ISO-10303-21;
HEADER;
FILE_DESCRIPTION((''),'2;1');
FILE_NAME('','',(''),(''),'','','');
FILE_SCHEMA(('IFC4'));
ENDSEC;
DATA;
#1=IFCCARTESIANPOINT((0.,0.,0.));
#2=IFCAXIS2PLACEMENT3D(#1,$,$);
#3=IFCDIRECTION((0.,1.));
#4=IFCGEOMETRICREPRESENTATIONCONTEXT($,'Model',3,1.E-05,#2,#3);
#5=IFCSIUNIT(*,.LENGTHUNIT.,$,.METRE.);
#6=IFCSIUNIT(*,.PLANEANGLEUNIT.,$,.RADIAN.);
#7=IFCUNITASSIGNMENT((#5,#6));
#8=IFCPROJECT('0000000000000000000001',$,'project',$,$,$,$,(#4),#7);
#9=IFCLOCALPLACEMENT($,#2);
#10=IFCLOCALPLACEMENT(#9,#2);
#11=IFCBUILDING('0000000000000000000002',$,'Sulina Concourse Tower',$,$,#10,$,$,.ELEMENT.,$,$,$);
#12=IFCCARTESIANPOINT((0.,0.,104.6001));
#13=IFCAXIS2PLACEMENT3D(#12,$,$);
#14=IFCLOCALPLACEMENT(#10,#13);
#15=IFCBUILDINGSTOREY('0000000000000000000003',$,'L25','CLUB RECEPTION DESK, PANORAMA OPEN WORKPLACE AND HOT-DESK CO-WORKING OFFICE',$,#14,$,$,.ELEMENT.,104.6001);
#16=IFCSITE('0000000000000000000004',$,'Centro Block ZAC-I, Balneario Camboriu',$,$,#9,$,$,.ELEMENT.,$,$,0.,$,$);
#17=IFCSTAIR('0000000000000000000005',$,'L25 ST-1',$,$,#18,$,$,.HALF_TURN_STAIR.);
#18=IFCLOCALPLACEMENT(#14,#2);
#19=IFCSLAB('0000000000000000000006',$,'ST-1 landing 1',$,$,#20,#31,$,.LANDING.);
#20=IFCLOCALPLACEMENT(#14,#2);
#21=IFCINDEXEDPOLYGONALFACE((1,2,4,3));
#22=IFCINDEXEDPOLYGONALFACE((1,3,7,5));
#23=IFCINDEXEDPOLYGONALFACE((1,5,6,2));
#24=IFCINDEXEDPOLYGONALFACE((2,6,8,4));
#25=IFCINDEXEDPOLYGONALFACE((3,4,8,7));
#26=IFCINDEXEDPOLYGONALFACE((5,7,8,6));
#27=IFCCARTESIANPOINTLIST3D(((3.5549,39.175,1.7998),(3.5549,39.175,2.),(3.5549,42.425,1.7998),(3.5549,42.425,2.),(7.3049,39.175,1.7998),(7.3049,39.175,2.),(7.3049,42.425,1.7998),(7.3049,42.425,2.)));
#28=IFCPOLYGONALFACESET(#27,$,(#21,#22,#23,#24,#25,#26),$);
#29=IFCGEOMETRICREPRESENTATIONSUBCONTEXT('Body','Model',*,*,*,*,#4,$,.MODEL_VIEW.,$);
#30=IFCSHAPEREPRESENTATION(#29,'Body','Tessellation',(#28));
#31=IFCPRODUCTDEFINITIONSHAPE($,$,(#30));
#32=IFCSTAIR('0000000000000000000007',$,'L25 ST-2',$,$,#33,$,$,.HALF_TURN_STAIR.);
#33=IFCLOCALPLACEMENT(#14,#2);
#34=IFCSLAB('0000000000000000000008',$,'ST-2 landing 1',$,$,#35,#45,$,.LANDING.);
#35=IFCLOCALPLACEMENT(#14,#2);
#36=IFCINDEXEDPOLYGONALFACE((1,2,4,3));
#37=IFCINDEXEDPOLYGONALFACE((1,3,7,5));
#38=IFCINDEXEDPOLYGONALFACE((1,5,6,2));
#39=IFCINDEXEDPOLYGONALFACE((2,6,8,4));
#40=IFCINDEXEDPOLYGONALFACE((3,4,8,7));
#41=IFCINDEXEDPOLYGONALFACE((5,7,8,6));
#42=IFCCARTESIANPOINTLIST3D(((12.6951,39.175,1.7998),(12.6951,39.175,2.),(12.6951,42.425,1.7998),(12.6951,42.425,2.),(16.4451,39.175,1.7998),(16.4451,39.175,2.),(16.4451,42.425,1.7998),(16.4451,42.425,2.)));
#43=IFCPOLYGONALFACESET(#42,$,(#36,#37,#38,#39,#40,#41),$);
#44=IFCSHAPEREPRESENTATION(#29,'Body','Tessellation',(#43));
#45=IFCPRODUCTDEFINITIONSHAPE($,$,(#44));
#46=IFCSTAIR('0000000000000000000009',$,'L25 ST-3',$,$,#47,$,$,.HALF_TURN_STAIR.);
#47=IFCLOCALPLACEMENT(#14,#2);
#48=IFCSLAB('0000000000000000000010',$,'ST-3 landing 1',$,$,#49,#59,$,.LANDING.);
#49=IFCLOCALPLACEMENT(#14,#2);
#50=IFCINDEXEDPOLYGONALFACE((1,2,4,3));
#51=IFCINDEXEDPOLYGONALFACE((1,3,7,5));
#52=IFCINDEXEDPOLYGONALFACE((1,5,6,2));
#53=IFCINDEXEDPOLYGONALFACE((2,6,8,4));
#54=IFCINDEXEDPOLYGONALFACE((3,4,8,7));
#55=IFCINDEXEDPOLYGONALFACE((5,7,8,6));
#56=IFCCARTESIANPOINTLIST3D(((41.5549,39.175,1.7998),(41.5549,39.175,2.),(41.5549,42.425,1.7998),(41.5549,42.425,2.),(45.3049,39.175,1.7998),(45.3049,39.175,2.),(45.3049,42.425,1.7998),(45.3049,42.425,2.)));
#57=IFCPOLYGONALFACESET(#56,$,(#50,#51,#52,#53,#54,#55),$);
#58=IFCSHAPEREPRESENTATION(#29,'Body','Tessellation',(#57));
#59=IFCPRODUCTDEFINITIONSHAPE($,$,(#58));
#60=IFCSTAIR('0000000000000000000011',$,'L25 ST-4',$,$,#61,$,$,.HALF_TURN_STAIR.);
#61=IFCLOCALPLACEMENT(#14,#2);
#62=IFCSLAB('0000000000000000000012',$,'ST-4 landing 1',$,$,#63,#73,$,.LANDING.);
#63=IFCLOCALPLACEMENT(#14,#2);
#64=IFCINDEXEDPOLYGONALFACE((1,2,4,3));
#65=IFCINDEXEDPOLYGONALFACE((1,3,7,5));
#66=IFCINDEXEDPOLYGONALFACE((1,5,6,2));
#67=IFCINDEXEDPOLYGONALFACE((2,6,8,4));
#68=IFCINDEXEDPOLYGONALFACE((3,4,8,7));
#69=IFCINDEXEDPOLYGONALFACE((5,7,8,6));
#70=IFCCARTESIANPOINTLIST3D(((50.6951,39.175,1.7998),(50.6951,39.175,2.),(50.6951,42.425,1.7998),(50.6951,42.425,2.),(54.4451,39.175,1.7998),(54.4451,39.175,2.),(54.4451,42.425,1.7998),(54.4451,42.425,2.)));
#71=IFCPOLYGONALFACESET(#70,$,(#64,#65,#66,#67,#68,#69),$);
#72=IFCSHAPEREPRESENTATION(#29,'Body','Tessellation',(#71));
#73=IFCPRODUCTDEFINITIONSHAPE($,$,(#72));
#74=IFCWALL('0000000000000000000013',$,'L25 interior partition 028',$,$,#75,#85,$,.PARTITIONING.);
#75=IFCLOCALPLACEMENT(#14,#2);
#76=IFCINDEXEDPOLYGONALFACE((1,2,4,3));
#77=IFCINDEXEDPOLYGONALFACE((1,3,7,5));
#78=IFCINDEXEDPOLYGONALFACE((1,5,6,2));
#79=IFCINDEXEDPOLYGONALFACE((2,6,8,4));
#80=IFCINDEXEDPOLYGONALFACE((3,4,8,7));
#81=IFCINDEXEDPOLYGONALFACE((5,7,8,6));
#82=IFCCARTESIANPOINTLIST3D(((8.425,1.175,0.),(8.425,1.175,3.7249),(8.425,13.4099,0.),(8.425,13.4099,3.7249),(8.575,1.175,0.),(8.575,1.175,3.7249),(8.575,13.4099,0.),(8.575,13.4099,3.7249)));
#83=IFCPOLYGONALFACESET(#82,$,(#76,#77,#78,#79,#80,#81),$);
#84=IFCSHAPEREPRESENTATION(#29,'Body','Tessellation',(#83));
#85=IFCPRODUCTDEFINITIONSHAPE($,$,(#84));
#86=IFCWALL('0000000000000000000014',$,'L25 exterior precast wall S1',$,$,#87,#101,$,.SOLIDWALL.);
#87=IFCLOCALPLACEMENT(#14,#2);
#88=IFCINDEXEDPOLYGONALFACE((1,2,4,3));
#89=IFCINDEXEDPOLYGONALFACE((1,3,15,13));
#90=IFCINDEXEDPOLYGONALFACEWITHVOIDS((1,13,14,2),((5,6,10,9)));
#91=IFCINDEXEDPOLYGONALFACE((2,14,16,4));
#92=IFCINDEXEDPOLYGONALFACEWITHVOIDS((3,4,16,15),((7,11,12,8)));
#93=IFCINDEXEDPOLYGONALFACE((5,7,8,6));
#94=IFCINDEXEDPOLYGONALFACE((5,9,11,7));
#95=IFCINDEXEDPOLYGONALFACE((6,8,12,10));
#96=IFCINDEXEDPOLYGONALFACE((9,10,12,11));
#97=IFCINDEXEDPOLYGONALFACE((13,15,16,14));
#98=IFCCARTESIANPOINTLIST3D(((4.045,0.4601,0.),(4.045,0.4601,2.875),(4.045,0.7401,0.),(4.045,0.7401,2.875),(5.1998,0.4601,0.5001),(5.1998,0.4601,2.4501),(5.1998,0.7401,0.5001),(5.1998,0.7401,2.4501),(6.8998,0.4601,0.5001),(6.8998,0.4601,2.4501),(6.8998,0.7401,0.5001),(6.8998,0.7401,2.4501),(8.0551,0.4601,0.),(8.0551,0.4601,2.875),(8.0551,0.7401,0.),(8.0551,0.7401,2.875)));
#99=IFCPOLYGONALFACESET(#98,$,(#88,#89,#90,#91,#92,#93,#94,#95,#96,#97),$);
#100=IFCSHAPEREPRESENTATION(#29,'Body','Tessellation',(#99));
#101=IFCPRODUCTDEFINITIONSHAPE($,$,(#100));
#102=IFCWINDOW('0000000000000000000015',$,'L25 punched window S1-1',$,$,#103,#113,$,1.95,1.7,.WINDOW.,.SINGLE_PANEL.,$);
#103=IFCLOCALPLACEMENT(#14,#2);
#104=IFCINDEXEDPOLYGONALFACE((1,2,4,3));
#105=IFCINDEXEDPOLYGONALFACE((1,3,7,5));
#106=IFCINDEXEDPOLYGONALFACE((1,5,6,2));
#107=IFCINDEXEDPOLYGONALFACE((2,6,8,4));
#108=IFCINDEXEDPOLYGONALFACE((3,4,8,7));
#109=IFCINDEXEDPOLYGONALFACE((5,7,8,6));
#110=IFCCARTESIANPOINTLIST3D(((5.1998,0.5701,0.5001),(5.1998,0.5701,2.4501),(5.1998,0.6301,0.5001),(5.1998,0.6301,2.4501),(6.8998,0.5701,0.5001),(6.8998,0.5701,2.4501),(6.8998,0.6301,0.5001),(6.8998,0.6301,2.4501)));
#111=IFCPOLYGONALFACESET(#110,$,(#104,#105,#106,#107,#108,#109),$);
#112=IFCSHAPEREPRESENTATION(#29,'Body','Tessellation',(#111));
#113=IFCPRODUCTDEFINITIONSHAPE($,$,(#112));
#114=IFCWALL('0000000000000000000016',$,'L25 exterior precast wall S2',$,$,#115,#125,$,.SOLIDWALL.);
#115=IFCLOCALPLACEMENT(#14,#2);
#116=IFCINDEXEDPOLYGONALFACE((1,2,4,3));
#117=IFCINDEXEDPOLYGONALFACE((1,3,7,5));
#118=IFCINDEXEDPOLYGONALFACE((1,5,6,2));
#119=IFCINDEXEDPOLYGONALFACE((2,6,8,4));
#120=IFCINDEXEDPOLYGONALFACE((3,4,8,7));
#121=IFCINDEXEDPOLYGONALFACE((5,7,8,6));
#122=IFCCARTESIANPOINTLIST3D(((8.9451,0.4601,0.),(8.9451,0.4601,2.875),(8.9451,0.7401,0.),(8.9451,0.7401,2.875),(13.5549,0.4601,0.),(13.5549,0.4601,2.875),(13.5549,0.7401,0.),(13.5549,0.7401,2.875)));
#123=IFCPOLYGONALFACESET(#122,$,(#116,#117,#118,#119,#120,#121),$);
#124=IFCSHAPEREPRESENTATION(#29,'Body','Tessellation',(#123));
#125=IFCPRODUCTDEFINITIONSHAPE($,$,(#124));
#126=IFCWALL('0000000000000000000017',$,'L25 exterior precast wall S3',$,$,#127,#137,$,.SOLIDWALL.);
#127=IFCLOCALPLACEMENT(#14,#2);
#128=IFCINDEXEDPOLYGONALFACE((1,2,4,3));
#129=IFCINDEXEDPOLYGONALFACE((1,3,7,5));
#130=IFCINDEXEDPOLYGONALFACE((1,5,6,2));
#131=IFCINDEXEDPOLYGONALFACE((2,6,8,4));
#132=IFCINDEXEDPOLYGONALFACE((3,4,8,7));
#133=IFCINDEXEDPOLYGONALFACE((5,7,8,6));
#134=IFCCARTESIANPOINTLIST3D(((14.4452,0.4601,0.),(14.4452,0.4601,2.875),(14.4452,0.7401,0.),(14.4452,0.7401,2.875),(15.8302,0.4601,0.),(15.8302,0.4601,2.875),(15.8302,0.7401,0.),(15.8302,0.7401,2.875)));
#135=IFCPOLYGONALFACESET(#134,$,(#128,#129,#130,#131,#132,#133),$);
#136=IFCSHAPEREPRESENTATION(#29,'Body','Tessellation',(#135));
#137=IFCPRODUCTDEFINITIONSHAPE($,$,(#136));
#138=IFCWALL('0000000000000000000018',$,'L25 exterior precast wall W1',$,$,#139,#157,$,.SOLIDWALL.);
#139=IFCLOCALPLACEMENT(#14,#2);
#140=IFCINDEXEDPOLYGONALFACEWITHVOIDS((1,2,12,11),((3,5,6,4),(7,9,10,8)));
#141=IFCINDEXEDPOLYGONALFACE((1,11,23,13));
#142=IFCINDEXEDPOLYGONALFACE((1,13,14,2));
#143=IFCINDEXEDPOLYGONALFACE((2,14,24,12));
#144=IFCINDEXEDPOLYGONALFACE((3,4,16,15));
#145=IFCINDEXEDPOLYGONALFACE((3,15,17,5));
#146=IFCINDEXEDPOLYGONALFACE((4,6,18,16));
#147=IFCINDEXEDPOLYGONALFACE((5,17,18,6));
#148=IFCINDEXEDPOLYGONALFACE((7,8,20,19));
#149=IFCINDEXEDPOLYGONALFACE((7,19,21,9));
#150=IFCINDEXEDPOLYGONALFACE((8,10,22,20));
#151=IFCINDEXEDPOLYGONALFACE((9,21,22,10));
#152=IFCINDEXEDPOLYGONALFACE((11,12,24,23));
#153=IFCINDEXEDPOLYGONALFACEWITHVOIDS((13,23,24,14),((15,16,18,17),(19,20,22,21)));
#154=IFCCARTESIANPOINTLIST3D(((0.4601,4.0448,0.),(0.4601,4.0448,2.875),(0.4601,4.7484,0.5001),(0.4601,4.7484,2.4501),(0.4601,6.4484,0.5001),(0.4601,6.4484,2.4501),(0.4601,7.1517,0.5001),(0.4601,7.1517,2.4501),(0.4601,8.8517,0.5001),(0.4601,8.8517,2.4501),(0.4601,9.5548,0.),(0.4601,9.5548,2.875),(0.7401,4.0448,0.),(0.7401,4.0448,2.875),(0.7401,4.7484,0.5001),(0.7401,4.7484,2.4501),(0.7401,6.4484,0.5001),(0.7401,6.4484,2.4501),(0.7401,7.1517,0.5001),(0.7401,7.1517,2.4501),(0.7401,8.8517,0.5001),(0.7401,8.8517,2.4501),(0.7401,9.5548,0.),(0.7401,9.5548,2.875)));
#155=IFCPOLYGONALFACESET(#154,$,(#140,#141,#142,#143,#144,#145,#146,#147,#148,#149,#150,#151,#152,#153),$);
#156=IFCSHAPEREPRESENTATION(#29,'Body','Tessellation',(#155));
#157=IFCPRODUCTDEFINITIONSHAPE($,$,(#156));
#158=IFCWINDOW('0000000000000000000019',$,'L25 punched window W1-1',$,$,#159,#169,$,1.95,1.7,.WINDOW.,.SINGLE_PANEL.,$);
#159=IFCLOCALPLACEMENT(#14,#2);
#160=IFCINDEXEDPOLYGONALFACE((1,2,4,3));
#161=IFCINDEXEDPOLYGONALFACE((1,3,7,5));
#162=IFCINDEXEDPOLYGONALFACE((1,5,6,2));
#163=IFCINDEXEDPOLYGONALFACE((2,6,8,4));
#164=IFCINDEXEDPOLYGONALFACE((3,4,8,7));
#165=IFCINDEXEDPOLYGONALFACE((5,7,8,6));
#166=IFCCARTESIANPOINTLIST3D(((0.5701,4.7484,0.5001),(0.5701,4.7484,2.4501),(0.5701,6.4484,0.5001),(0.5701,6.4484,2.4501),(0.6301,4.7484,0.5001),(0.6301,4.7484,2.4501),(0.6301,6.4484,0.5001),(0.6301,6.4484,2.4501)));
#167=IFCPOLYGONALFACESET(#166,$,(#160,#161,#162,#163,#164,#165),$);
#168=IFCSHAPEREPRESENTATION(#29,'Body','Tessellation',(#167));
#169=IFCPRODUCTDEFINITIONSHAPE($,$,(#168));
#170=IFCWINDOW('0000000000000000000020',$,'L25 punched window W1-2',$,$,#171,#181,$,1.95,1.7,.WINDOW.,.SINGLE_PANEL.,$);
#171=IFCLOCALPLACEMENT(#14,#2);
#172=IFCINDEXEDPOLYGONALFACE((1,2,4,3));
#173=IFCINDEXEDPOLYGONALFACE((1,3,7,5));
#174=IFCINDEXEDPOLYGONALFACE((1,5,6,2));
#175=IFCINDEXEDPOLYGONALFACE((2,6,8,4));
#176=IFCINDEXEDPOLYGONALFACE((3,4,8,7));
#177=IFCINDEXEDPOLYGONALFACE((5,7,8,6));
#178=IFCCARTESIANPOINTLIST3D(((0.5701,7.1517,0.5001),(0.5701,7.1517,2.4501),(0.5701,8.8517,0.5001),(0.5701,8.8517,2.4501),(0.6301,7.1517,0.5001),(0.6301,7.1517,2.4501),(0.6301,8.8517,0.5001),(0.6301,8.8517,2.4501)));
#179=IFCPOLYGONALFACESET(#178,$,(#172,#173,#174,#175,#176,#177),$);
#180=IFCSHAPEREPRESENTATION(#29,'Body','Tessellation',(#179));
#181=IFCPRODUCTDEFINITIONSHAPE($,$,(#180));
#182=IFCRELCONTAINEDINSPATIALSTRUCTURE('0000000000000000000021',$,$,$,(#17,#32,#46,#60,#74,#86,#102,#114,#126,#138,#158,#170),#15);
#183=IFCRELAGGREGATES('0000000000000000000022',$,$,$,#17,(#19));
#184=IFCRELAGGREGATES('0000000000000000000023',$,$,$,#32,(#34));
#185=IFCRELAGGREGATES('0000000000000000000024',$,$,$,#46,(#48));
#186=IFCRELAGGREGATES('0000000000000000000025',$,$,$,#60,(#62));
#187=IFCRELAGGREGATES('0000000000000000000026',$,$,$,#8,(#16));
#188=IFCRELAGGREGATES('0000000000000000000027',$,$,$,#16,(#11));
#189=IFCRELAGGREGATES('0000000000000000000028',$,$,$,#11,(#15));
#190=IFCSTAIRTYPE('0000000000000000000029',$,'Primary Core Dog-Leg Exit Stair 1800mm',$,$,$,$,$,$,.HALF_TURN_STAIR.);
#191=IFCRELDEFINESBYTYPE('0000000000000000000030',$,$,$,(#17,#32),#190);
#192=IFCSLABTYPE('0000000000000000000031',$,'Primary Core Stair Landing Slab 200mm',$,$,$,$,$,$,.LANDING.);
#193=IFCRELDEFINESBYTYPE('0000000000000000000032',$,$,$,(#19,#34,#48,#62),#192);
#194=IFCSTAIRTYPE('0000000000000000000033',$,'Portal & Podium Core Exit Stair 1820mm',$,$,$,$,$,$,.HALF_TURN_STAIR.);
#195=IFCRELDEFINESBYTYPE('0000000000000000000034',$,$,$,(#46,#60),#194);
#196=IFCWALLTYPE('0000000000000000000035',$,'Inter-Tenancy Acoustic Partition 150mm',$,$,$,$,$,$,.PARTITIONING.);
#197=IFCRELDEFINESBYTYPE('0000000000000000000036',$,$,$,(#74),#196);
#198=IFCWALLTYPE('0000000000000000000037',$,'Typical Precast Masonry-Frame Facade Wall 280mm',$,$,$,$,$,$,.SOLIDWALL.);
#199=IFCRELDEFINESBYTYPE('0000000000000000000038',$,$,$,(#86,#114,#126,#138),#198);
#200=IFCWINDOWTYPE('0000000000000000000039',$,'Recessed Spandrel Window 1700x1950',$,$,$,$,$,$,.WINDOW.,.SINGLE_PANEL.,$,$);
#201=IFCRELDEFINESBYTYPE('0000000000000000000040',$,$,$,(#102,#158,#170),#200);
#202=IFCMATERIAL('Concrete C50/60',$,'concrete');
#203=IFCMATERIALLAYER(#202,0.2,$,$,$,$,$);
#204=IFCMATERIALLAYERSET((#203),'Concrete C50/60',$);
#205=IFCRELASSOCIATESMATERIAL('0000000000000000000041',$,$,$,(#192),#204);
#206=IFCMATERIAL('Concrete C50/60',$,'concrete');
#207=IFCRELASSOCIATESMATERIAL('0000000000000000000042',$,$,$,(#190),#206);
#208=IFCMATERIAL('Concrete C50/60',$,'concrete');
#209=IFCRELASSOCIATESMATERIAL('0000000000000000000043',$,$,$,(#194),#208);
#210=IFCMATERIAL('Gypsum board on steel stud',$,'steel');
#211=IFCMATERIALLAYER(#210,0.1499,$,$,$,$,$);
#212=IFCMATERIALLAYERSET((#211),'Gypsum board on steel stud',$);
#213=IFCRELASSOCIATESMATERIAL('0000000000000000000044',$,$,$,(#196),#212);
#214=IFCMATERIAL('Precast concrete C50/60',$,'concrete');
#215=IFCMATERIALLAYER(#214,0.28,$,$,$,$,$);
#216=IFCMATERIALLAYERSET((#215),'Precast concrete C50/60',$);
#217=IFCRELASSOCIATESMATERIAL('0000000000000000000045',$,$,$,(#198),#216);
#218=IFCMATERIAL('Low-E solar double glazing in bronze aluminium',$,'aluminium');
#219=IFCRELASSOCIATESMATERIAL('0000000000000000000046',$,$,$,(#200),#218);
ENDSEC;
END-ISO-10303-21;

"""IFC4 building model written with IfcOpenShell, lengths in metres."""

from ifc_helpers import new_model, si_unit, direction, frame, frame_2d, origin, place, context, subcontext, project, spatial, polyline, rectangle, outline, extrude, material, layer, layer_set, type_object, element, fill, aggregate, save


model = new_model("IFC4")

# Units and contexts
model_context = context("Model", 3, precision=1e-05, world=origin(), true_north=direction((0.0, 1.0)))
body_context = subcontext(model_context, "Body", "Model", "MODEL_VIEW")
ifc_project = project(units=[si_unit("LENGTHUNIT", "METRE"), si_unit("PLANEANGLEUNIT", "RADIAN")], contexts=[model_context])

# Site, building, storey
site_placement = place(None, origin())
site = spatial("IfcSite", under=ifc_project, at=site_placement, Name="Centro Block ZAC-I, Balneario Camboriu", CompositionType="ELEMENT", RefElevation=0.0)
building_placement = place(site_placement, origin())
building = spatial("IfcBuilding", under=site, at=building_placement, Name="Sulina Concourse Tower", CompositionType="ELEMENT")
storey_placement = place(building_placement, frame((0.0, 0.0, 104.6001)))
storey = spatial("IfcBuildingStorey", under=building, at=storey_placement, Name="L25", Description="CLUB RECEPTION DESK, PANORAMA OPEN WORKPLACE AND HOT-DESK CO-WORKING OFFICE", CompositionType="ELEMENT", Elevation=104.6001)

# Shared definitions
ifc_material_1 = material(Name="Concrete C50/60", Category="concrete")
ifc_layer_1 = layer(ifc_material_1, 0.2)
ifc_layer_set_1 = layer_set([ifc_layer_1], Name="Concrete C50/60")
slab_type_1 = type_object("IfcSlabType", Name="Primary Core Stair Landing Slab 200mm", PredefinedType="LANDING", material=ifc_layer_set_1)

# Stairs, slabs
ifc_material_2 = material(Name="Concrete C50/60", Category="concrete")
stair_type_1 = type_object("IfcStairType", Name="Primary Core Dog-Leg Exit Stair 1800mm", PredefinedType="HALF_TURN_STAIR", material=ifc_material_2)
stair_1_placement = place(storey_placement, origin())
stair_1 = element("IfcStair", 1, at=stair_1_placement, inside=storey, type_object=stair_type_1, Name="L25 ST-1", PredefinedType="HALF_TURN_STAIR")
slab_1_placement = place(storey_placement, frame((0.0, 0.0, 1.7998)))
slab_1 = element("IfcSlab", 2, at=slab_1_placement, type_object=slab_type_1, Name="ST-1 landing 1", PredefinedType="LANDING", context=body_context, shape_type="SweptSolid", body=[
    extrude(outline(polyline([(7.3049, 39.175), (7.3049, 42.425), (3.5549, 42.425), (3.5549, 39.175), (7.3049, 39.175)])), origin(), (0.0, 0.0, 1.0), 0.2002),
])
aggregate(stair_1, [slab_1])
stair_2_placement = place(storey_placement, origin())
stair_2 = element("IfcStair", 3, at=stair_2_placement, inside=storey, type_object=stair_type_1, Name="L25 ST-2", PredefinedType="HALF_TURN_STAIR")
slab_2_placement = place(storey_placement, frame((0.0, 0.0, 1.7998)))
slab_2 = element("IfcSlab", 4, at=slab_2_placement, type_object=slab_type_1, Name="ST-2 landing 1", PredefinedType="LANDING", context=body_context, shape_type="SweptSolid", body=[
    extrude(outline(polyline([(16.4451, 39.175), (16.4451, 42.425), (12.6951, 42.425), (12.6951, 39.175), (16.4451, 39.175)])), origin(), (0.0, 0.0, 1.0), 0.2002),
])
aggregate(stair_2, [slab_2])
ifc_material_3 = material(Name="Concrete C50/60", Category="concrete")
stair_type_2 = type_object("IfcStairType", Name="Portal & Podium Core Exit Stair 1820mm", PredefinedType="HALF_TURN_STAIR", material=ifc_material_3)
stair_3_placement = place(storey_placement, origin())
stair_3 = element("IfcStair", 5, at=stair_3_placement, inside=storey, type_object=stair_type_2, Name="L25 ST-3", PredefinedType="HALF_TURN_STAIR")
slab_3_placement = place(storey_placement, frame((0.0, 0.0, 1.7998)))
slab_3 = element("IfcSlab", 6, at=slab_3_placement, type_object=slab_type_1, Name="ST-3 landing 1", PredefinedType="LANDING", context=body_context, shape_type="SweptSolid", body=[
    extrude(outline(polyline([(45.3049, 39.175), (45.3049, 42.425), (41.5549, 42.425), (41.5549, 39.175), (45.3049, 39.175)])), origin(), (0.0, 0.0, 1.0), 0.2002),
])
aggregate(stair_3, [slab_3])
stair_4_placement = place(storey_placement, origin())
stair_4 = element("IfcStair", 7, at=stair_4_placement, inside=storey, type_object=stair_type_2, Name="L25 ST-4", PredefinedType="HALF_TURN_STAIR")
slab_4_placement = place(storey_placement, frame((0.0, 0.0, 1.7998)))
slab_4 = element("IfcSlab", 8, at=slab_4_placement, type_object=slab_type_1, Name="ST-4 landing 1", PredefinedType="LANDING", context=body_context, shape_type="SweptSolid", body=[
    extrude(outline(polyline([(54.4451, 39.175), (54.4451, 42.425), (50.6951, 42.425), (50.6951, 39.175), (54.4451, 39.175)])), origin(), (0.0, 0.0, 1.0), 0.2002),
])
aggregate(stair_4, [slab_4])

# Wall
ifc_material_4 = material(Name="Gypsum board on steel stud", Category="steel")
ifc_layer_2 = layer(ifc_material_4, 0.1499)
ifc_layer_set_2 = layer_set([ifc_layer_2], Name="Gypsum board on steel stud")
wall_type_1 = type_object("IfcWallType", Name="Inter-Tenancy Acoustic Partition 150mm", PredefinedType="PARTITIONING", material=ifc_layer_set_2)
wall_1_placement = place(storey_placement, frame((8.5, 1.175, 0.0), z_axis=(0.0, 0.0, 1.0), x_axis=(0.0, 1.0, 0.0)))
element("IfcWall", 9, at=wall_1_placement, inside=storey, type_object=wall_type_1, Name="L25 interior partition 028", PredefinedType="PARTITIONING", context=body_context, shape_type="SweptSolid", body=[
    extrude(rectangle(XDim=12.2349, YDim=0.1499, at=frame_2d((6.1174, 0.0))), origin(), (0.0, 0.0, 1.0), 3.7249),
])

# Wall, opening, window
ifc_material_5 = material(Name="Precast concrete C50/60", Category="concrete")
ifc_layer_3 = layer(ifc_material_5, 0.28)
ifc_layer_set_3 = layer_set([ifc_layer_3], Name="Precast concrete C50/60")
wall_type_2 = type_object("IfcWallType", Name="Typical Precast Masonry-Frame Facade Wall 280mm", PredefinedType="SOLIDWALL", material=ifc_layer_set_3)
wall_2_placement = place(storey_placement, frame((8.0549, 0.6001, 0.0), z_axis=(0.0, 0.0, 1.0), x_axis=(-1.0, 0.0, 0.0)))
wall_2 = element("IfcWall", 10, at=wall_2_placement, inside=storey, type_object=wall_type_2, Name="L25 exterior precast wall S1", PredefinedType="SOLIDWALL", context=body_context, shape_type="SweptSolid", body=[
    extrude(rectangle(XDim=4.01, YDim=0.28, at=frame_2d((2.0049, 0.0))), origin(), (0.0, 0.0, 1.0), 2.875),
])
opening_1_placement = place(wall_2_placement, frame((1.155, 0.0, 0.5)))
opening_1 = element("IfcOpeningElement", 11, at=opening_1_placement, cuts=wall_2, PredefinedType="OPENING", context=body_context, shape_type="SweptSolid", body=[
    extrude(rectangle(XDim=1.7, YDim=1.95, at=frame_2d((0.8501, 0.9751))), frame((0.0, 0.1499, 0.0), z_axis=(0.0, -1.0, 0.0), x_axis=(1.0, 0.0, 0.0)), (0.0, 0.0, 1.0), 0.3),
])
ifc_material_6 = material(Name="Low-E solar double glazing in bronze aluminium", Category="aluminium")
window_type = type_object("IfcWindowType", Name="Recessed Spandrel Window 1700x1950", PartitioningType="SINGLE_PANEL", PredefinedType="WINDOW", material=ifc_material_6)
window_1_placement = place(opening_1_placement, origin())
window_1 = element("IfcWindow", 12, at=window_1_placement, inside=storey, type_object=window_type, Name="L25 punched window S1-1", OverallHeight=1.95, OverallWidth=1.7, PartitioningType="SINGLE_PANEL", PredefinedType="WINDOW", context=body_context, shape_type="SweptSolid", body=[
    extrude(rectangle(XDim=1.7, YDim=1.95, at=frame_2d((0.8501, 0.9751))), frame((0.0, 0.03, 0.0), z_axis=(0.0, -1.0, 0.0), x_axis=(1.0, 0.0, 0.0)), (0.0, 0.0, 1.0), 0.0601),
])
fill(opening_1, window_1)

# Walls
wall_3_placement = place(storey_placement, frame((13.5549, 0.6001, 0.0), z_axis=(0.0, 0.0, 1.0), x_axis=(-1.0, 0.0, 0.0)))
element("IfcWall", 13, at=wall_3_placement, inside=storey, type_object=wall_type_2, Name="L25 exterior precast wall S2", PredefinedType="SOLIDWALL", context=body_context, shape_type="SweptSolid", body=[
    extrude(rectangle(XDim=4.6099, YDim=0.28, at=frame_2d((2.3049, 0.0))), origin(), (0.0, 0.0, 1.0), 2.875),
])
wall_4_placement = place(storey_placement, frame((15.8301, 0.6001, 0.0), z_axis=(0.0, 0.0, 1.0), x_axis=(-1.0, 0.0, 0.0)))
element("IfcWall", 14, at=wall_4_placement, inside=storey, type_object=wall_type_2, Name="L25 exterior precast wall S3", PredefinedType="SOLIDWALL", context=body_context, shape_type="SweptSolid", body=[
    extrude(rectangle(XDim=1.385, YDim=0.28, at=frame_2d((0.6924, 0.0))), origin(), (0.0, 0.0, 1.0), 2.875),
])

# Wall, openings, windows
wall_5_placement = place(storey_placement, frame((0.6001, 4.0449, 0.0), z_axis=(0.0, 0.0, 1.0), x_axis=(0.0, 1.0, 0.0)))
wall_5 = element("IfcWall", 15, at=wall_5_placement, inside=storey, type_object=wall_type_2, Name="L25 exterior precast wall W1", PredefinedType="SOLIDWALL", context=body_context, shape_type="SweptSolid", body=[
    extrude(rectangle(XDim=5.51, YDim=0.28, at=frame_2d((2.7549, 0.0))), origin(), (0.0, 0.0, 1.0), 2.875),
])
opening_2_placement = place(wall_5_placement, frame((0.7034, 0.0, 0.5)))
opening_2 = element("IfcOpeningElement", 16, at=opening_2_placement, cuts=wall_5, PredefinedType="OPENING", context=body_context, shape_type="SweptSolid", body=[
    extrude(rectangle(XDim=1.7, YDim=1.95, at=frame_2d((0.8501, 0.9751))), frame((0.0, 0.1499, 0.0), z_axis=(0.0, -1.0, 0.0), x_axis=(1.0, 0.0, 0.0)), (0.0, 0.0, 1.0), 0.3),
])
opening_3_placement = place(wall_5_placement, frame((3.1067, 0.0, 0.5)))
opening_3 = element("IfcOpeningElement", 17, at=opening_3_placement, cuts=wall_5, PredefinedType="OPENING", context=body_context, shape_type="SweptSolid", body=[
    extrude(rectangle(XDim=1.7, YDim=1.95, at=frame_2d((0.8501, 0.9751))), frame((0.0, 0.1499, 0.0), z_axis=(0.0, -1.0, 0.0), x_axis=(1.0, 0.0, 0.0)), (0.0, 0.0, 1.0), 0.3),
])
window_2_placement = place(opening_2_placement, origin())
window_2 = element("IfcWindow", 18, at=window_2_placement, inside=storey, type_object=window_type, Name="L25 punched window W1-1", OverallHeight=1.95, OverallWidth=1.7, PartitioningType="SINGLE_PANEL", PredefinedType="WINDOW", context=body_context, shape_type="SweptSolid", body=[
    extrude(rectangle(XDim=1.7, YDim=1.95, at=frame_2d((0.8501, 0.9751))), frame((0.0, 0.03, 0.0), z_axis=(0.0, -1.0, 0.0), x_axis=(1.0, 0.0, 0.0)), (0.0, 0.0, 1.0), 0.0601),
])
fill(opening_2, window_2)
window_3_placement = place(opening_3_placement, origin())
window_3 = element("IfcWindow", 19, at=window_3_placement, inside=storey, type_object=window_type, Name="L25 punched window W1-2", OverallHeight=1.95, OverallWidth=1.7, PartitioningType="SINGLE_PANEL", PredefinedType="WINDOW", context=body_context, shape_type="SweptSolid", body=[
    extrude(rectangle(XDim=1.7, YDim=1.95, at=frame_2d((0.8501, 0.9751))), frame((0.0, 0.03, 0.0), z_axis=(0.0, -1.0, 0.0), x_axis=(1.0, 0.0, 0.0)), (0.0, 0.0, 1.0), 0.0601),
])
fill(opening_3, window_3)

save(model, "model.ifc")
